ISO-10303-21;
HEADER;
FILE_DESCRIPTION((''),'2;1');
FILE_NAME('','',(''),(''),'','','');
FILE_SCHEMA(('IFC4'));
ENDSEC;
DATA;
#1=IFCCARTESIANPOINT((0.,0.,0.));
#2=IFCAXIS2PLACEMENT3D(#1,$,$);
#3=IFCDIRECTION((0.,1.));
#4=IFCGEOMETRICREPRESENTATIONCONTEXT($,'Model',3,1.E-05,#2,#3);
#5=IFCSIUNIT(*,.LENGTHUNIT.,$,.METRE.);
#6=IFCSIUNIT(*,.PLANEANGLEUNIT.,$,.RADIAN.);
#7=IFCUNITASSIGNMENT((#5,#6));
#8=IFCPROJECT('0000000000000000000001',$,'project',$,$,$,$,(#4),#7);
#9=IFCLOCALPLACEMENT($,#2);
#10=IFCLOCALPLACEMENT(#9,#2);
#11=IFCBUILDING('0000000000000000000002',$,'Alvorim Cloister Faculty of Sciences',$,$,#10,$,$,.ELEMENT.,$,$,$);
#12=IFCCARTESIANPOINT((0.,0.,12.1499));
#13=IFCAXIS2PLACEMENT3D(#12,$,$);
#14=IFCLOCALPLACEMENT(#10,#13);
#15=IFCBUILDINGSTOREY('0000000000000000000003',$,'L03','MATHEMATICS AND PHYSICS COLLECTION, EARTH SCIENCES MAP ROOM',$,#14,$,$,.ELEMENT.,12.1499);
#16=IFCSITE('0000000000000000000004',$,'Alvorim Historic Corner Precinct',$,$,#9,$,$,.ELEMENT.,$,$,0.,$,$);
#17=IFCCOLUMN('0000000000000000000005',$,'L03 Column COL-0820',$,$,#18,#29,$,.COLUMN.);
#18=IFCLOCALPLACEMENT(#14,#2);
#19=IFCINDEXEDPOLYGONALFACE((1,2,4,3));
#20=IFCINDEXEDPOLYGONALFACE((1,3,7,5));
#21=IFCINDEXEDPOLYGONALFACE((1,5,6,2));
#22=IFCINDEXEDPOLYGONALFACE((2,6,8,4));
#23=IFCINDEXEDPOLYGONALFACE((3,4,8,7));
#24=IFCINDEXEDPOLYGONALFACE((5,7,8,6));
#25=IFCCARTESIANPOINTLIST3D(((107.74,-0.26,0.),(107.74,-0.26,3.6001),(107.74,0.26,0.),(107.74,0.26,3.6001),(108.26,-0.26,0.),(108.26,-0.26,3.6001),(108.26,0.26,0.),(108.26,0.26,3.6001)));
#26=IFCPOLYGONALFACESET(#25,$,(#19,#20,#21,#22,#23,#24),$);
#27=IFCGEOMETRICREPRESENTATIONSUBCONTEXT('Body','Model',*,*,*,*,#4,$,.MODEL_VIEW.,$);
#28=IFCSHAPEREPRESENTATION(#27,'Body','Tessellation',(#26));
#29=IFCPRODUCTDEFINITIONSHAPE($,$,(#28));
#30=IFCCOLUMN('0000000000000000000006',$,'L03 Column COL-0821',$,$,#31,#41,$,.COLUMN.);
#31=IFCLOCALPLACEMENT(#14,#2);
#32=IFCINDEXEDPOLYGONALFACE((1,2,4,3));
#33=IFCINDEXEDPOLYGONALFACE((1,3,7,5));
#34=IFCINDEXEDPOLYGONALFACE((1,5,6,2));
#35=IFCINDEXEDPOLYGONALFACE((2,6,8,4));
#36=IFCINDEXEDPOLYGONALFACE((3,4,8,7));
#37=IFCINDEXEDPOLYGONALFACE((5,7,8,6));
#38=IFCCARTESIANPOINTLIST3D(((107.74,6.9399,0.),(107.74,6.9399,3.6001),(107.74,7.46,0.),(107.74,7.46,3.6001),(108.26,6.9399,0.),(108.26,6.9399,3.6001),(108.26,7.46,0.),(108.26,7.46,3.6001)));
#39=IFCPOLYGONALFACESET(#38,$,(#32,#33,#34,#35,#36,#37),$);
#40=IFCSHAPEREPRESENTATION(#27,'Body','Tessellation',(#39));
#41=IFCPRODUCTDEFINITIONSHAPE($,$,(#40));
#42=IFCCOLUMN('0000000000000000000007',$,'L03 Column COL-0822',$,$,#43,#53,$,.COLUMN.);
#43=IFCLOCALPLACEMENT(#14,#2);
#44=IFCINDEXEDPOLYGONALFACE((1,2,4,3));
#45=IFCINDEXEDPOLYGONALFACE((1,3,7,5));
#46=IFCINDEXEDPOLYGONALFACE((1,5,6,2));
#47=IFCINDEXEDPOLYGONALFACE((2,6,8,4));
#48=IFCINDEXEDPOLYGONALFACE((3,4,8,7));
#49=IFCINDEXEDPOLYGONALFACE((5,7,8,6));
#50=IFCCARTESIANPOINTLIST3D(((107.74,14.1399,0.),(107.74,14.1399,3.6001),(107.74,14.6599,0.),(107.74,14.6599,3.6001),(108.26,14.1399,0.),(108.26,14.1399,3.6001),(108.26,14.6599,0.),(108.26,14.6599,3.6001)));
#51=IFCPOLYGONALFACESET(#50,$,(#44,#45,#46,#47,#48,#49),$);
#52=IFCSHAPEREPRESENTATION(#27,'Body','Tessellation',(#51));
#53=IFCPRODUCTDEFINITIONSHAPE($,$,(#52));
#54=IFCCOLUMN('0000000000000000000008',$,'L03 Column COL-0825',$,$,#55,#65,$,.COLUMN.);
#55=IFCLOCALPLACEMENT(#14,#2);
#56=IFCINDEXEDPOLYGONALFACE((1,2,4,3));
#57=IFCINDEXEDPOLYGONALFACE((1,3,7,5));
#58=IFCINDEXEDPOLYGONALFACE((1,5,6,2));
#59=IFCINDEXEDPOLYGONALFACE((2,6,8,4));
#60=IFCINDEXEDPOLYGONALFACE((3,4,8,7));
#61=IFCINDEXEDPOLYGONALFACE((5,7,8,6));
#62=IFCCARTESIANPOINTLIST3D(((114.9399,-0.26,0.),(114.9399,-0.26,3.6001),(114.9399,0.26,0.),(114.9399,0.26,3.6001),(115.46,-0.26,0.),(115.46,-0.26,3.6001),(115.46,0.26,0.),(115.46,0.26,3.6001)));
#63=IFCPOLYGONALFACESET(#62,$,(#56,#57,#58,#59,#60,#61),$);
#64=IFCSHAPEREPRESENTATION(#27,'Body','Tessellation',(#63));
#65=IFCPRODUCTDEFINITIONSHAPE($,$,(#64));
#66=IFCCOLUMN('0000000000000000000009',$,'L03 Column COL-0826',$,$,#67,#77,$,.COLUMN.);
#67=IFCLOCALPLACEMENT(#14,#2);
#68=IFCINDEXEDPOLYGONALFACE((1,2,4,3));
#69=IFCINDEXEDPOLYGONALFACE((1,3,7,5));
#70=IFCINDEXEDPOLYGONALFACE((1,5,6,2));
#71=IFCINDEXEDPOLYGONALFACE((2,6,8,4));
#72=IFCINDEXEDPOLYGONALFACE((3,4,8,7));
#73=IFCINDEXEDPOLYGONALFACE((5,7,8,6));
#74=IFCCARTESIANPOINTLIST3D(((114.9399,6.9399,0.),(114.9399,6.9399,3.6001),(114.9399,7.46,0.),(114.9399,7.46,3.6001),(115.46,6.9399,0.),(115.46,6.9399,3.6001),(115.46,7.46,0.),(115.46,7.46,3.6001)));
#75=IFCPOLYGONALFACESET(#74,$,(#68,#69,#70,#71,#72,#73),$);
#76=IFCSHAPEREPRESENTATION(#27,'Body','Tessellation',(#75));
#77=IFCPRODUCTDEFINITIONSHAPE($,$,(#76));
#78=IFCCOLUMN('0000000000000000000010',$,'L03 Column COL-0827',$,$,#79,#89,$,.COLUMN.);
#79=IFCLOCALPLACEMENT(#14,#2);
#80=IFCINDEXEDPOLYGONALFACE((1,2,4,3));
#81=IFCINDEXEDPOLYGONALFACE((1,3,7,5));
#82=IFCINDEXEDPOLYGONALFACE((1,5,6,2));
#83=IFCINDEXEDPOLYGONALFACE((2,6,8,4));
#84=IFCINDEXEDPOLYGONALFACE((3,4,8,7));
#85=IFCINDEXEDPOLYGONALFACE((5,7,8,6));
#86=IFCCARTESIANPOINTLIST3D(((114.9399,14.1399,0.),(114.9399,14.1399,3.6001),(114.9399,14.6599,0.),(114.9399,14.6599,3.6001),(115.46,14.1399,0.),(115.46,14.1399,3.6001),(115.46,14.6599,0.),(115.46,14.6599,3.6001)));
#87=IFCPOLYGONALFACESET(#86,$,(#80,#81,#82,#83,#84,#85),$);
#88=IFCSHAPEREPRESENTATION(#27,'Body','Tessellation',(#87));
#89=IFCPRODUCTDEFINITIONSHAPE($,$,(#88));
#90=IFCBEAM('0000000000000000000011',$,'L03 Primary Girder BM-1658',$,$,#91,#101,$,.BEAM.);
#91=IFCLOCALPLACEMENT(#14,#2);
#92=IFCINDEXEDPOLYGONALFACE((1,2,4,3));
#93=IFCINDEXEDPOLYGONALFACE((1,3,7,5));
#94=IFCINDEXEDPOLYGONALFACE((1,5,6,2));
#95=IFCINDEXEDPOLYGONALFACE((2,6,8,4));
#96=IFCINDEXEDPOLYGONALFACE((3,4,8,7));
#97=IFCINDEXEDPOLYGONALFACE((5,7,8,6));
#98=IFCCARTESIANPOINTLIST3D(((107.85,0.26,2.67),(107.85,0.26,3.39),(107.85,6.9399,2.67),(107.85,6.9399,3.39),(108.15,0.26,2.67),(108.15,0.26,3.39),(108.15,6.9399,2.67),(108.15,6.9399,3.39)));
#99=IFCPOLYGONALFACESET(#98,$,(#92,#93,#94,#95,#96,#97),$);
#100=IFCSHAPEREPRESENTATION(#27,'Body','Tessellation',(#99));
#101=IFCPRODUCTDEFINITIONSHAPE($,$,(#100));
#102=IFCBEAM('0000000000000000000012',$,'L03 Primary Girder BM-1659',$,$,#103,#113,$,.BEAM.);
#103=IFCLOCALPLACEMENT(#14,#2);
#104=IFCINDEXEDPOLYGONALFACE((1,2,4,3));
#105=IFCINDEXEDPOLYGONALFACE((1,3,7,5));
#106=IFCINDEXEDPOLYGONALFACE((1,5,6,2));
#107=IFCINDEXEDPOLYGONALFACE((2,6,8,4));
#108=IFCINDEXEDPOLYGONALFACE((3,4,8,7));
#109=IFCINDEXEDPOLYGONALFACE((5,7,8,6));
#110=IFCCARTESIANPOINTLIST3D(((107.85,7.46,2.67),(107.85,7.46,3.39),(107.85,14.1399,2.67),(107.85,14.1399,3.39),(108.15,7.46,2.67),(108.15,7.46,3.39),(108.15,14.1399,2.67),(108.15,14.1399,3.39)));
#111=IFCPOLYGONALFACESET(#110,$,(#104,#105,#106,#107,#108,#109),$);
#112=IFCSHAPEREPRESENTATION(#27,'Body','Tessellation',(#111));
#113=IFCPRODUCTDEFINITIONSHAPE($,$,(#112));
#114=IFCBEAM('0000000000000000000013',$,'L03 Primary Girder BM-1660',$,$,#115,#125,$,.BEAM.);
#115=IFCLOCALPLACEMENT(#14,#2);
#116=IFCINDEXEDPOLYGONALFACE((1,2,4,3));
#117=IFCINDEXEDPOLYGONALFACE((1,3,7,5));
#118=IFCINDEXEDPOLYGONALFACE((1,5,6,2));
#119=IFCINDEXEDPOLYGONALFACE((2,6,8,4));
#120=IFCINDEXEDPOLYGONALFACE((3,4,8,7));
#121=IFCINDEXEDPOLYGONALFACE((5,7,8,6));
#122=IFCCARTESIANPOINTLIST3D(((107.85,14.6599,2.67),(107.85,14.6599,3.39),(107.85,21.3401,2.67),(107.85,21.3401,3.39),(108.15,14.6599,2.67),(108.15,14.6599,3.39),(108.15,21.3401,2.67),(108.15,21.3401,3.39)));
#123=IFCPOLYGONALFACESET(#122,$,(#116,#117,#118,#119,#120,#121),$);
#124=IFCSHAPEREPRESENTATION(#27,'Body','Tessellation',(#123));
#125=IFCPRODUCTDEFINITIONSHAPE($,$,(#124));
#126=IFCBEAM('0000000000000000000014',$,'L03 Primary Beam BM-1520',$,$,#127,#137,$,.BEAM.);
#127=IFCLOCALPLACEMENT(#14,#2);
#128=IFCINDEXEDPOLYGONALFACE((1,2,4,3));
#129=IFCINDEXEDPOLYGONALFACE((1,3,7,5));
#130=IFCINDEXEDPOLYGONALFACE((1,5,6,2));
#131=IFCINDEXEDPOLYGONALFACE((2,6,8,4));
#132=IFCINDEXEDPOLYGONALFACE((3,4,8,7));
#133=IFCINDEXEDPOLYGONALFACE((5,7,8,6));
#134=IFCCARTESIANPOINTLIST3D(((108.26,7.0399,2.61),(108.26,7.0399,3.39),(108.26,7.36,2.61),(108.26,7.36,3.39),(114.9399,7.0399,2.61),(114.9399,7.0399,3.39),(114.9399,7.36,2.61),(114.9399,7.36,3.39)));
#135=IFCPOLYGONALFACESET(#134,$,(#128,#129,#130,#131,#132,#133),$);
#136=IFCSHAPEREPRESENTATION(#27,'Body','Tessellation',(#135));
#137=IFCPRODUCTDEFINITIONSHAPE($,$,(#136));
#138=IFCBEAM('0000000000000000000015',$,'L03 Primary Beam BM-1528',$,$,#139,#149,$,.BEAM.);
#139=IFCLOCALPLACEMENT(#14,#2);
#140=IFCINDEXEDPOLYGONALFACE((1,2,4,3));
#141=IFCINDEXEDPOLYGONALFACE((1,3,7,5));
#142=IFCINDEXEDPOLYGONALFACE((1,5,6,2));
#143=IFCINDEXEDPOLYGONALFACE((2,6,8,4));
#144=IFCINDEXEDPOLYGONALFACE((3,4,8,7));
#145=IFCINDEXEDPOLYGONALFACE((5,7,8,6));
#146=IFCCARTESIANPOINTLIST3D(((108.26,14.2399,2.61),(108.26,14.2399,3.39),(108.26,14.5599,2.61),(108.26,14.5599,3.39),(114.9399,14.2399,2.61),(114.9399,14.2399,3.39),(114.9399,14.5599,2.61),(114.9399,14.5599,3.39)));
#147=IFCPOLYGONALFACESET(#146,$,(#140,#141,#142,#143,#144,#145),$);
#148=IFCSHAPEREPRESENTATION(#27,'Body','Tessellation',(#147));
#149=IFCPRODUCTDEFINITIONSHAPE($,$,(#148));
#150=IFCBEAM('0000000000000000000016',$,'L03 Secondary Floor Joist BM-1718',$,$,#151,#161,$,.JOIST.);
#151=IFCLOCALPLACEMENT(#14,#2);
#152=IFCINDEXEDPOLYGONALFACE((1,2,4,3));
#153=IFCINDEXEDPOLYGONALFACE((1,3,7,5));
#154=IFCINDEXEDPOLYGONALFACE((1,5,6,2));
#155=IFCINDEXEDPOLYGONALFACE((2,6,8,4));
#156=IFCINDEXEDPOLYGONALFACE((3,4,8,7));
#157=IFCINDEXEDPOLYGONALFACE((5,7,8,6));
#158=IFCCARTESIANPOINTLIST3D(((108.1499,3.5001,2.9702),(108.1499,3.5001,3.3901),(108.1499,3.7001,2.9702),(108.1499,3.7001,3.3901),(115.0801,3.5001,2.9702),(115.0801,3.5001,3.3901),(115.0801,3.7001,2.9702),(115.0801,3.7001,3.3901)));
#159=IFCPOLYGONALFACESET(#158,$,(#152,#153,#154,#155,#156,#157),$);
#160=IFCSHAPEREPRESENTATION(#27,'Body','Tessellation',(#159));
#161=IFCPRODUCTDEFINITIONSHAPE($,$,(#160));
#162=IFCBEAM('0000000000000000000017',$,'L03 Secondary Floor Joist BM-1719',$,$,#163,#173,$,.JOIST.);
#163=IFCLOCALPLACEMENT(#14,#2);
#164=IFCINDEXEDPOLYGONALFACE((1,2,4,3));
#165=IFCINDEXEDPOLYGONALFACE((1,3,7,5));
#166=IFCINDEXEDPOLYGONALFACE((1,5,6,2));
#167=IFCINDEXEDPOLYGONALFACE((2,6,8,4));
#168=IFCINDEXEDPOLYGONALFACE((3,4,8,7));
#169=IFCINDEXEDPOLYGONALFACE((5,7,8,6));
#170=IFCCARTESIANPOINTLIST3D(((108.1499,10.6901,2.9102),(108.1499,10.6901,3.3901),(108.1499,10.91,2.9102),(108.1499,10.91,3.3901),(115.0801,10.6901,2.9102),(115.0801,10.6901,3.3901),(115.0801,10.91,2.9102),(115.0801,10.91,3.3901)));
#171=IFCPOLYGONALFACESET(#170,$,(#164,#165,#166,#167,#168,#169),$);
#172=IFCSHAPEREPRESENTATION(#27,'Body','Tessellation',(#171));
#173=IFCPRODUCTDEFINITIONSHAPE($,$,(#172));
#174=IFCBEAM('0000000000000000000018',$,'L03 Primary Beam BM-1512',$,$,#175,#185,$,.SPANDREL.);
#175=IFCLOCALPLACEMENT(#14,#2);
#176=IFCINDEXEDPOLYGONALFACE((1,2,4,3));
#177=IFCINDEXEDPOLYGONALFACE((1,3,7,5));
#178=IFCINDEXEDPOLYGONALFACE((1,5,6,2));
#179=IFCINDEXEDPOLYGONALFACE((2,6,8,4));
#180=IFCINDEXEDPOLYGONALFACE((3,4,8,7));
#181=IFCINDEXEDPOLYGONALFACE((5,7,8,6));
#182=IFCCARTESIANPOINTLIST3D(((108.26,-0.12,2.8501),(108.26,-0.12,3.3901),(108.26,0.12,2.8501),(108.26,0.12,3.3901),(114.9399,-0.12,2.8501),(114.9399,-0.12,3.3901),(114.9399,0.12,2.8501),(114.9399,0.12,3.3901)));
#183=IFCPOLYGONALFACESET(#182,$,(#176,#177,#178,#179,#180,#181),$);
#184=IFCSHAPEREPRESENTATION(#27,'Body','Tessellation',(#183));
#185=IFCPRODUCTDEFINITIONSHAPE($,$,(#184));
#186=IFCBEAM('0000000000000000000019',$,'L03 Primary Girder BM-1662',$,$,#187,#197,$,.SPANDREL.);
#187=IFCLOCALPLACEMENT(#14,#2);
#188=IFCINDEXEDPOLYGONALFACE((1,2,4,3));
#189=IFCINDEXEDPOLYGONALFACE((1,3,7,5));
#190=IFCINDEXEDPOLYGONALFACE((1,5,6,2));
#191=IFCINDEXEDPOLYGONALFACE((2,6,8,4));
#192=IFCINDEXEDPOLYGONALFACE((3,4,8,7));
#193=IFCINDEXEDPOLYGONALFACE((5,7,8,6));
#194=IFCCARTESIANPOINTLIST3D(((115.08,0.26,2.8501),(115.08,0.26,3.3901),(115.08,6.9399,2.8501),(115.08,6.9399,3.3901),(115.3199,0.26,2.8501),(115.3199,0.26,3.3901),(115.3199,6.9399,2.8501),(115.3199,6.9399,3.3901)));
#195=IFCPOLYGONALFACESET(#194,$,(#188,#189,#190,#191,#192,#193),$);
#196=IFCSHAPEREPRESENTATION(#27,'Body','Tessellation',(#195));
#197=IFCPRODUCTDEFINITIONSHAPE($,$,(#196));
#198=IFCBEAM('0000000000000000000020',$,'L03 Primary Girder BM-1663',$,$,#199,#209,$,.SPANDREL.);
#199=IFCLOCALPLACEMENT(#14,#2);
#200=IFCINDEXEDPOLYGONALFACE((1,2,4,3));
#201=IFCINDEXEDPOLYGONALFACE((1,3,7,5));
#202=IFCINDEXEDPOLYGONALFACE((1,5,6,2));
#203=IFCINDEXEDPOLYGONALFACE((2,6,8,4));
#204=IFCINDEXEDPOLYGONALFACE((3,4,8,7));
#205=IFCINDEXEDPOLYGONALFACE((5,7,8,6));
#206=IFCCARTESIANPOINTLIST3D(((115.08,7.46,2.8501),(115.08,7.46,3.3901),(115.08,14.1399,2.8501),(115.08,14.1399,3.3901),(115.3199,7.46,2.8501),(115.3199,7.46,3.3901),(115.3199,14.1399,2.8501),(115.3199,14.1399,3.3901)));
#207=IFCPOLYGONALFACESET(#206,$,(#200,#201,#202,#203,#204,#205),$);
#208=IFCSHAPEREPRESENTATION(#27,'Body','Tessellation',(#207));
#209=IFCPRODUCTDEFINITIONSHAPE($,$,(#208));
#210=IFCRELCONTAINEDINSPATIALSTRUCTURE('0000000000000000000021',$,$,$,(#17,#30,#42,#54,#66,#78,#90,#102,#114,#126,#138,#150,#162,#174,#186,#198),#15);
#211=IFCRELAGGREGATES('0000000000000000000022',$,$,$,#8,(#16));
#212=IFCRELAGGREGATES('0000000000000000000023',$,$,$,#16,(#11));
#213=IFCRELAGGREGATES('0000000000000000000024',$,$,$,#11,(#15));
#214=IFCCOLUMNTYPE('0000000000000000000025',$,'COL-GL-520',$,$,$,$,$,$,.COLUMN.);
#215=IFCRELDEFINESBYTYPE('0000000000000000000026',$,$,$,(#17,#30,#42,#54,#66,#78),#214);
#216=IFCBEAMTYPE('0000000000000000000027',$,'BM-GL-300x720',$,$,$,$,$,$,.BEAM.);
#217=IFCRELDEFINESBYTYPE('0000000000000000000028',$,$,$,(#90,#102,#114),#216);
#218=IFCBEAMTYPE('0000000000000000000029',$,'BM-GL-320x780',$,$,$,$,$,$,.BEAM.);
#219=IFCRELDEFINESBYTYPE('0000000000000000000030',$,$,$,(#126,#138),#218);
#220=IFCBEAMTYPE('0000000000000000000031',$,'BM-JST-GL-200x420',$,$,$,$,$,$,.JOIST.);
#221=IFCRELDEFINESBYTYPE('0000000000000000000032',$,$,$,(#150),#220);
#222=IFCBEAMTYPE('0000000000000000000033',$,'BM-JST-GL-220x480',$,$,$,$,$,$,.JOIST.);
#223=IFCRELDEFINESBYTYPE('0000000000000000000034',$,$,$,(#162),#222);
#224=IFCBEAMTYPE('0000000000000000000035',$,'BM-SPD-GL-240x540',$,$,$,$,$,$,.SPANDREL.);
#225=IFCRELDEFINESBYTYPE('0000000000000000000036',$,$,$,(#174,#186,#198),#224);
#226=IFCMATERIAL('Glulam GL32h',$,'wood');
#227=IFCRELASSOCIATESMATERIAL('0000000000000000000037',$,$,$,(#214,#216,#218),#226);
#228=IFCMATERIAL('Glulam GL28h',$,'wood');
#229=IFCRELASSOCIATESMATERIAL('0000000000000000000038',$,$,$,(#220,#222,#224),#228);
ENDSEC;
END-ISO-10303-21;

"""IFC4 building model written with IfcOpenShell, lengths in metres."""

from ifc_helpers import new_model, si_unit, direction, frame, origin, origin_2d, place, context, subcontext, project, spatial, rectangle, extrude, material, material_profile, profile_set, type_object, element, save


model = new_model("IFC4")

# Units and contexts
model_context = context("Model", 3, precision=1e-05, world=origin(), true_north=direction((0.0, 1.0)))
body_context = subcontext(model_context, "Body", "Model", "MODEL_VIEW")
ifc_project = project(units=[si_unit("LENGTHUNIT", "METRE"), si_unit("PLANEANGLEUNIT", "RADIAN")], contexts=[model_context])

# Site, building, storey
site_placement = place(None, origin())
site = spatial("IfcSite", under=ifc_project, at=site_placement, Name="Alvorim Historic Corner Precinct", CompositionType="ELEMENT", RefElevation=0.0)
building_placement = place(site_placement, origin())
building = spatial("IfcBuilding", under=site, at=building_placement, Name="Alvorim Cloister Faculty of Sciences", CompositionType="ELEMENT")
storey_placement = place(building_placement, frame((0.0, 0.0, 12.1499)))
storey = spatial("IfcBuildingStorey", under=building, at=storey_placement, Name="L03", Description="MATHEMATICS AND PHYSICS COLLECTION, EARTH SCIENCES MAP ROOM", CompositionType="ELEMENT", Elevation=12.1499)

# Columns
ifc_material_1 = material(Name="Glulam GL32h", Category="wood")
ifc_material_profile_1 = material_profile(ifc_material_1, rectangle(XDim=0.52, YDim=0.52, at=origin_2d()), Name="GL32-COL-520x520")
ifc_profile_set_1 = profile_set([ifc_material_profile_1], Name="Glulam GL32h")
column_type = type_object("IfcColumnType", Name="COL-GL-520", PredefinedType="COLUMN", material=ifc_profile_set_1)
for number, where, z_axis, x_axis, name in (
    (1, (108.0, 0.0, 0.0), (0.0, 0.0, 1.0), (1.0, 0.0, 0.0), "L03 Column COL-0820"),
    (2, (108.0, 7.2, 0.0), (0.0, 0.0, 1.0), (1.0, 0.0, 0.0), "L03 Column COL-0821"),
    (3, (108.0, 14.3999, 0.0), (0.0, 0.0, 1.0), (1.0, 0.0, 0.0), "L03 Column COL-0822"),
    (4, (115.2, 0.0, 0.0), (0.0, 0.0, 1.0), (1.0, 0.0, 0.0), "L03 Column COL-0825"),
    (5, (115.2, 7.2, 0.0), (0.0, 0.0, 1.0), (1.0, 0.0, 0.0), "L03 Column COL-0826"),
    (6, (115.2, 14.3999, 0.0), (0.0, 0.0, 1.0), (1.0, 0.0, 0.0), "L03 Column COL-0827"),
):
    element("IfcColumn", number, at=place(storey_placement, frame(where, z_axis=z_axis, x_axis=x_axis)), inside=storey, type_object=column_type, Name=name, PredefinedType="COLUMN", context=body_context, shape_type="SweptSolid", body=[
        extrude(rectangle(XDim=0.52, YDim=0.52, at=origin_2d()), origin(), (0.0, 0.0, 1.0), 3.6001),
    ])

# Beams
ifc_material_profile_2 = material_profile(ifc_material_1, rectangle(XDim=0.3, YDim=0.72, at=origin_2d()), Name="GL32-BM-300x720")
ifc_profile_set_2 = profile_set([ifc_material_profile_2], Name="Glulam GL32h")
beam_type_1 = type_object("IfcBeamType", Name="BM-GL-300x720", PredefinedType="BEAM", material=ifc_profile_set_2)
for number, where, z_axis, x_axis, name in (
    (7, (108.0, 0.26, 3.03), (0.0, 1.0, 0.0), (-1.0, 0.0, 0.0), "L03 Primary Girder BM-1658"),
    (8, (108.0, 7.46, 3.03), (0.0, 1.0, 0.0), (-1.0, 0.0, 0.0), "L03 Primary Girder BM-1659"),
):
    element("IfcBeam", number, at=place(storey_placement, frame(where, z_axis=z_axis, x_axis=x_axis)), inside=storey, type_object=beam_type_1, Name=name, PredefinedType="BEAM", context=body_context, shape_type="SweptSolid", body=[
        extrude(rectangle(XDim=0.3, YDim=0.72, at=origin_2d()), origin(), (0.0, 0.0, 1.0), 6.6799),
    ])
beam_1_placement = place(storey_placement, frame((108.0, 14.6599, 3.03), z_axis=(0.0, 1.0, 0.0), x_axis=(-1.0, 0.0, 0.0)))
element("IfcBeam", 9, at=beam_1_placement, inside=storey, type_object=beam_type_1, Name="L03 Primary Girder BM-1660", PredefinedType="BEAM", context=body_context, shape_type="SweptSolid", body=[
    extrude(rectangle(XDim=0.3, YDim=0.72, at=origin_2d()), origin(), (0.0, 0.0, 1.0), 6.6802),
])
ifc_material_profile_3 = material_profile(ifc_material_1, rectangle(XDim=0.3201, YDim=0.78, at=origin_2d()), Name="GL32-BM-320x780")
ifc_profile_set_3 = profile_set([ifc_material_profile_3], Name="Glulam GL32h")
beam_type_2 = type_object("IfcBeamType", Name="BM-GL-320x780", PredefinedType="BEAM", material=ifc_profile_set_3)
for number, where, z_axis, x_axis, name in (
    (10, (108.26, 7.2, 3.0), (1.0, 0.0, 0.0), (0.0, 1.0, 0.0), "L03 Primary Beam BM-1520"),
    (11, (108.26, 14.3999, 3.0), (1.0, 0.0, 0.0), (0.0, 1.0, 0.0), "L03 Primary Beam BM-1528"),
):
    element("IfcBeam", number, at=place(storey_placement, frame(where, z_axis=z_axis, x_axis=x_axis)), inside=storey, type_object=beam_type_2, Name=name, PredefinedType="BEAM", context=body_context, shape_type="SweptSolid", body=[
        extrude(rectangle(XDim=0.3201, YDim=0.78, at=origin_2d()), origin(), (0.0, 0.0, 1.0), 6.6799),
    ])
ifc_material_2 = material(Name="Glulam GL28h", Category="wood")
ifc_material_profile_4 = material_profile(ifc_material_2, rectangle(XDim=0.2, YDim=0.4199, at=origin_2d()), Name="GL28-JST-200x420")
ifc_profile_set_4 = profile_set([ifc_material_profile_4], Name="Glulam GL28h")
beam_type_3 = type_object("IfcBeamType", Name="BM-JST-GL-200x420", PredefinedType="JOIST", material=ifc_profile_set_4)
beam_2_placement = place(storey_placement, frame((108.1499, 3.6001, 3.1802), z_axis=(1.0, 0.0, 0.0), x_axis=(0.0, 1.0, 0.0)))
element("IfcBeam", 12, at=beam_2_placement, inside=storey, type_object=beam_type_3, Name="L03 Secondary Floor Joist BM-1718", PredefinedType="JOIST", context=body_context, shape_type="SweptSolid", body=[
    extrude(rectangle(XDim=0.2, YDim=0.4199, at=origin_2d()), origin(), (0.0, 0.0, 1.0), 6.9302),
])
ifc_material_profile_5 = material_profile(ifc_material_2, rectangle(XDim=0.22, YDim=0.48, at=origin_2d()), Name="GL28-JST-220x480")
ifc_profile_set_5 = profile_set([ifc_material_profile_5], Name="Glulam GL28h")
beam_type_4 = type_object("IfcBeamType", Name="BM-JST-GL-220x480", PredefinedType="JOIST", material=ifc_profile_set_5)
beam_3_placement = place(storey_placement, frame((108.1499, 10.8, 3.1501), z_axis=(1.0, 0.0, 0.0), x_axis=(0.0, 1.0, 0.0)))
element("IfcBeam", 13, at=beam_3_placement, inside=storey, type_object=beam_type_4, Name="L03 Secondary Floor Joist BM-1719", PredefinedType="JOIST", context=body_context, shape_type="SweptSolid", body=[
    extrude(rectangle(XDim=0.22, YDim=0.48, at=origin_2d()), origin(), (0.0, 0.0, 1.0), 6.9302),
])
ifc_material_profile_6 = material_profile(ifc_material_2, rectangle(XDim=0.24, YDim=0.54, at=origin_2d()), Name="GL28-SPD-240x540")
ifc_profile_set_6 = profile_set([ifc_material_profile_6], Name="Glulam GL28h")
beam_type_5 = type_object("IfcBeamType", Name="BM-SPD-GL-240x540", PredefinedType="SPANDREL", material=ifc_profile_set_6)
for number, where, z_axis, x_axis, name in (
    (14, (108.26, 0.0, 3.1201), (1.0, 0.0, 0.0), (0.0, 1.0, 0.0), "L03 Primary Beam BM-1512"),
    (15, (115.2, 0.26, 3.1201), (0.0, 1.0, 0.0), (-1.0, 0.0, 0.0), "L03 Primary Girder BM-1662"),
    (16, (115.2, 7.46, 3.1201), (0.0, 1.0, 0.0), (-1.0, 0.0, 0.0), "L03 Primary Girder BM-1663"),
):
    element("IfcBeam", number, at=place(storey_placement, frame(where, z_axis=z_axis, x_axis=x_axis)), inside=storey, type_object=beam_type_5, Name=name, PredefinedType="SPANDREL", context=body_context, shape_type="SweptSolid", body=[
        extrude(rectangle(XDim=0.24, YDim=0.54, at=origin_2d()), origin(), (0.0, 0.0, 1.0), 6.6799),
    ])

save(model, "model.ifc")
